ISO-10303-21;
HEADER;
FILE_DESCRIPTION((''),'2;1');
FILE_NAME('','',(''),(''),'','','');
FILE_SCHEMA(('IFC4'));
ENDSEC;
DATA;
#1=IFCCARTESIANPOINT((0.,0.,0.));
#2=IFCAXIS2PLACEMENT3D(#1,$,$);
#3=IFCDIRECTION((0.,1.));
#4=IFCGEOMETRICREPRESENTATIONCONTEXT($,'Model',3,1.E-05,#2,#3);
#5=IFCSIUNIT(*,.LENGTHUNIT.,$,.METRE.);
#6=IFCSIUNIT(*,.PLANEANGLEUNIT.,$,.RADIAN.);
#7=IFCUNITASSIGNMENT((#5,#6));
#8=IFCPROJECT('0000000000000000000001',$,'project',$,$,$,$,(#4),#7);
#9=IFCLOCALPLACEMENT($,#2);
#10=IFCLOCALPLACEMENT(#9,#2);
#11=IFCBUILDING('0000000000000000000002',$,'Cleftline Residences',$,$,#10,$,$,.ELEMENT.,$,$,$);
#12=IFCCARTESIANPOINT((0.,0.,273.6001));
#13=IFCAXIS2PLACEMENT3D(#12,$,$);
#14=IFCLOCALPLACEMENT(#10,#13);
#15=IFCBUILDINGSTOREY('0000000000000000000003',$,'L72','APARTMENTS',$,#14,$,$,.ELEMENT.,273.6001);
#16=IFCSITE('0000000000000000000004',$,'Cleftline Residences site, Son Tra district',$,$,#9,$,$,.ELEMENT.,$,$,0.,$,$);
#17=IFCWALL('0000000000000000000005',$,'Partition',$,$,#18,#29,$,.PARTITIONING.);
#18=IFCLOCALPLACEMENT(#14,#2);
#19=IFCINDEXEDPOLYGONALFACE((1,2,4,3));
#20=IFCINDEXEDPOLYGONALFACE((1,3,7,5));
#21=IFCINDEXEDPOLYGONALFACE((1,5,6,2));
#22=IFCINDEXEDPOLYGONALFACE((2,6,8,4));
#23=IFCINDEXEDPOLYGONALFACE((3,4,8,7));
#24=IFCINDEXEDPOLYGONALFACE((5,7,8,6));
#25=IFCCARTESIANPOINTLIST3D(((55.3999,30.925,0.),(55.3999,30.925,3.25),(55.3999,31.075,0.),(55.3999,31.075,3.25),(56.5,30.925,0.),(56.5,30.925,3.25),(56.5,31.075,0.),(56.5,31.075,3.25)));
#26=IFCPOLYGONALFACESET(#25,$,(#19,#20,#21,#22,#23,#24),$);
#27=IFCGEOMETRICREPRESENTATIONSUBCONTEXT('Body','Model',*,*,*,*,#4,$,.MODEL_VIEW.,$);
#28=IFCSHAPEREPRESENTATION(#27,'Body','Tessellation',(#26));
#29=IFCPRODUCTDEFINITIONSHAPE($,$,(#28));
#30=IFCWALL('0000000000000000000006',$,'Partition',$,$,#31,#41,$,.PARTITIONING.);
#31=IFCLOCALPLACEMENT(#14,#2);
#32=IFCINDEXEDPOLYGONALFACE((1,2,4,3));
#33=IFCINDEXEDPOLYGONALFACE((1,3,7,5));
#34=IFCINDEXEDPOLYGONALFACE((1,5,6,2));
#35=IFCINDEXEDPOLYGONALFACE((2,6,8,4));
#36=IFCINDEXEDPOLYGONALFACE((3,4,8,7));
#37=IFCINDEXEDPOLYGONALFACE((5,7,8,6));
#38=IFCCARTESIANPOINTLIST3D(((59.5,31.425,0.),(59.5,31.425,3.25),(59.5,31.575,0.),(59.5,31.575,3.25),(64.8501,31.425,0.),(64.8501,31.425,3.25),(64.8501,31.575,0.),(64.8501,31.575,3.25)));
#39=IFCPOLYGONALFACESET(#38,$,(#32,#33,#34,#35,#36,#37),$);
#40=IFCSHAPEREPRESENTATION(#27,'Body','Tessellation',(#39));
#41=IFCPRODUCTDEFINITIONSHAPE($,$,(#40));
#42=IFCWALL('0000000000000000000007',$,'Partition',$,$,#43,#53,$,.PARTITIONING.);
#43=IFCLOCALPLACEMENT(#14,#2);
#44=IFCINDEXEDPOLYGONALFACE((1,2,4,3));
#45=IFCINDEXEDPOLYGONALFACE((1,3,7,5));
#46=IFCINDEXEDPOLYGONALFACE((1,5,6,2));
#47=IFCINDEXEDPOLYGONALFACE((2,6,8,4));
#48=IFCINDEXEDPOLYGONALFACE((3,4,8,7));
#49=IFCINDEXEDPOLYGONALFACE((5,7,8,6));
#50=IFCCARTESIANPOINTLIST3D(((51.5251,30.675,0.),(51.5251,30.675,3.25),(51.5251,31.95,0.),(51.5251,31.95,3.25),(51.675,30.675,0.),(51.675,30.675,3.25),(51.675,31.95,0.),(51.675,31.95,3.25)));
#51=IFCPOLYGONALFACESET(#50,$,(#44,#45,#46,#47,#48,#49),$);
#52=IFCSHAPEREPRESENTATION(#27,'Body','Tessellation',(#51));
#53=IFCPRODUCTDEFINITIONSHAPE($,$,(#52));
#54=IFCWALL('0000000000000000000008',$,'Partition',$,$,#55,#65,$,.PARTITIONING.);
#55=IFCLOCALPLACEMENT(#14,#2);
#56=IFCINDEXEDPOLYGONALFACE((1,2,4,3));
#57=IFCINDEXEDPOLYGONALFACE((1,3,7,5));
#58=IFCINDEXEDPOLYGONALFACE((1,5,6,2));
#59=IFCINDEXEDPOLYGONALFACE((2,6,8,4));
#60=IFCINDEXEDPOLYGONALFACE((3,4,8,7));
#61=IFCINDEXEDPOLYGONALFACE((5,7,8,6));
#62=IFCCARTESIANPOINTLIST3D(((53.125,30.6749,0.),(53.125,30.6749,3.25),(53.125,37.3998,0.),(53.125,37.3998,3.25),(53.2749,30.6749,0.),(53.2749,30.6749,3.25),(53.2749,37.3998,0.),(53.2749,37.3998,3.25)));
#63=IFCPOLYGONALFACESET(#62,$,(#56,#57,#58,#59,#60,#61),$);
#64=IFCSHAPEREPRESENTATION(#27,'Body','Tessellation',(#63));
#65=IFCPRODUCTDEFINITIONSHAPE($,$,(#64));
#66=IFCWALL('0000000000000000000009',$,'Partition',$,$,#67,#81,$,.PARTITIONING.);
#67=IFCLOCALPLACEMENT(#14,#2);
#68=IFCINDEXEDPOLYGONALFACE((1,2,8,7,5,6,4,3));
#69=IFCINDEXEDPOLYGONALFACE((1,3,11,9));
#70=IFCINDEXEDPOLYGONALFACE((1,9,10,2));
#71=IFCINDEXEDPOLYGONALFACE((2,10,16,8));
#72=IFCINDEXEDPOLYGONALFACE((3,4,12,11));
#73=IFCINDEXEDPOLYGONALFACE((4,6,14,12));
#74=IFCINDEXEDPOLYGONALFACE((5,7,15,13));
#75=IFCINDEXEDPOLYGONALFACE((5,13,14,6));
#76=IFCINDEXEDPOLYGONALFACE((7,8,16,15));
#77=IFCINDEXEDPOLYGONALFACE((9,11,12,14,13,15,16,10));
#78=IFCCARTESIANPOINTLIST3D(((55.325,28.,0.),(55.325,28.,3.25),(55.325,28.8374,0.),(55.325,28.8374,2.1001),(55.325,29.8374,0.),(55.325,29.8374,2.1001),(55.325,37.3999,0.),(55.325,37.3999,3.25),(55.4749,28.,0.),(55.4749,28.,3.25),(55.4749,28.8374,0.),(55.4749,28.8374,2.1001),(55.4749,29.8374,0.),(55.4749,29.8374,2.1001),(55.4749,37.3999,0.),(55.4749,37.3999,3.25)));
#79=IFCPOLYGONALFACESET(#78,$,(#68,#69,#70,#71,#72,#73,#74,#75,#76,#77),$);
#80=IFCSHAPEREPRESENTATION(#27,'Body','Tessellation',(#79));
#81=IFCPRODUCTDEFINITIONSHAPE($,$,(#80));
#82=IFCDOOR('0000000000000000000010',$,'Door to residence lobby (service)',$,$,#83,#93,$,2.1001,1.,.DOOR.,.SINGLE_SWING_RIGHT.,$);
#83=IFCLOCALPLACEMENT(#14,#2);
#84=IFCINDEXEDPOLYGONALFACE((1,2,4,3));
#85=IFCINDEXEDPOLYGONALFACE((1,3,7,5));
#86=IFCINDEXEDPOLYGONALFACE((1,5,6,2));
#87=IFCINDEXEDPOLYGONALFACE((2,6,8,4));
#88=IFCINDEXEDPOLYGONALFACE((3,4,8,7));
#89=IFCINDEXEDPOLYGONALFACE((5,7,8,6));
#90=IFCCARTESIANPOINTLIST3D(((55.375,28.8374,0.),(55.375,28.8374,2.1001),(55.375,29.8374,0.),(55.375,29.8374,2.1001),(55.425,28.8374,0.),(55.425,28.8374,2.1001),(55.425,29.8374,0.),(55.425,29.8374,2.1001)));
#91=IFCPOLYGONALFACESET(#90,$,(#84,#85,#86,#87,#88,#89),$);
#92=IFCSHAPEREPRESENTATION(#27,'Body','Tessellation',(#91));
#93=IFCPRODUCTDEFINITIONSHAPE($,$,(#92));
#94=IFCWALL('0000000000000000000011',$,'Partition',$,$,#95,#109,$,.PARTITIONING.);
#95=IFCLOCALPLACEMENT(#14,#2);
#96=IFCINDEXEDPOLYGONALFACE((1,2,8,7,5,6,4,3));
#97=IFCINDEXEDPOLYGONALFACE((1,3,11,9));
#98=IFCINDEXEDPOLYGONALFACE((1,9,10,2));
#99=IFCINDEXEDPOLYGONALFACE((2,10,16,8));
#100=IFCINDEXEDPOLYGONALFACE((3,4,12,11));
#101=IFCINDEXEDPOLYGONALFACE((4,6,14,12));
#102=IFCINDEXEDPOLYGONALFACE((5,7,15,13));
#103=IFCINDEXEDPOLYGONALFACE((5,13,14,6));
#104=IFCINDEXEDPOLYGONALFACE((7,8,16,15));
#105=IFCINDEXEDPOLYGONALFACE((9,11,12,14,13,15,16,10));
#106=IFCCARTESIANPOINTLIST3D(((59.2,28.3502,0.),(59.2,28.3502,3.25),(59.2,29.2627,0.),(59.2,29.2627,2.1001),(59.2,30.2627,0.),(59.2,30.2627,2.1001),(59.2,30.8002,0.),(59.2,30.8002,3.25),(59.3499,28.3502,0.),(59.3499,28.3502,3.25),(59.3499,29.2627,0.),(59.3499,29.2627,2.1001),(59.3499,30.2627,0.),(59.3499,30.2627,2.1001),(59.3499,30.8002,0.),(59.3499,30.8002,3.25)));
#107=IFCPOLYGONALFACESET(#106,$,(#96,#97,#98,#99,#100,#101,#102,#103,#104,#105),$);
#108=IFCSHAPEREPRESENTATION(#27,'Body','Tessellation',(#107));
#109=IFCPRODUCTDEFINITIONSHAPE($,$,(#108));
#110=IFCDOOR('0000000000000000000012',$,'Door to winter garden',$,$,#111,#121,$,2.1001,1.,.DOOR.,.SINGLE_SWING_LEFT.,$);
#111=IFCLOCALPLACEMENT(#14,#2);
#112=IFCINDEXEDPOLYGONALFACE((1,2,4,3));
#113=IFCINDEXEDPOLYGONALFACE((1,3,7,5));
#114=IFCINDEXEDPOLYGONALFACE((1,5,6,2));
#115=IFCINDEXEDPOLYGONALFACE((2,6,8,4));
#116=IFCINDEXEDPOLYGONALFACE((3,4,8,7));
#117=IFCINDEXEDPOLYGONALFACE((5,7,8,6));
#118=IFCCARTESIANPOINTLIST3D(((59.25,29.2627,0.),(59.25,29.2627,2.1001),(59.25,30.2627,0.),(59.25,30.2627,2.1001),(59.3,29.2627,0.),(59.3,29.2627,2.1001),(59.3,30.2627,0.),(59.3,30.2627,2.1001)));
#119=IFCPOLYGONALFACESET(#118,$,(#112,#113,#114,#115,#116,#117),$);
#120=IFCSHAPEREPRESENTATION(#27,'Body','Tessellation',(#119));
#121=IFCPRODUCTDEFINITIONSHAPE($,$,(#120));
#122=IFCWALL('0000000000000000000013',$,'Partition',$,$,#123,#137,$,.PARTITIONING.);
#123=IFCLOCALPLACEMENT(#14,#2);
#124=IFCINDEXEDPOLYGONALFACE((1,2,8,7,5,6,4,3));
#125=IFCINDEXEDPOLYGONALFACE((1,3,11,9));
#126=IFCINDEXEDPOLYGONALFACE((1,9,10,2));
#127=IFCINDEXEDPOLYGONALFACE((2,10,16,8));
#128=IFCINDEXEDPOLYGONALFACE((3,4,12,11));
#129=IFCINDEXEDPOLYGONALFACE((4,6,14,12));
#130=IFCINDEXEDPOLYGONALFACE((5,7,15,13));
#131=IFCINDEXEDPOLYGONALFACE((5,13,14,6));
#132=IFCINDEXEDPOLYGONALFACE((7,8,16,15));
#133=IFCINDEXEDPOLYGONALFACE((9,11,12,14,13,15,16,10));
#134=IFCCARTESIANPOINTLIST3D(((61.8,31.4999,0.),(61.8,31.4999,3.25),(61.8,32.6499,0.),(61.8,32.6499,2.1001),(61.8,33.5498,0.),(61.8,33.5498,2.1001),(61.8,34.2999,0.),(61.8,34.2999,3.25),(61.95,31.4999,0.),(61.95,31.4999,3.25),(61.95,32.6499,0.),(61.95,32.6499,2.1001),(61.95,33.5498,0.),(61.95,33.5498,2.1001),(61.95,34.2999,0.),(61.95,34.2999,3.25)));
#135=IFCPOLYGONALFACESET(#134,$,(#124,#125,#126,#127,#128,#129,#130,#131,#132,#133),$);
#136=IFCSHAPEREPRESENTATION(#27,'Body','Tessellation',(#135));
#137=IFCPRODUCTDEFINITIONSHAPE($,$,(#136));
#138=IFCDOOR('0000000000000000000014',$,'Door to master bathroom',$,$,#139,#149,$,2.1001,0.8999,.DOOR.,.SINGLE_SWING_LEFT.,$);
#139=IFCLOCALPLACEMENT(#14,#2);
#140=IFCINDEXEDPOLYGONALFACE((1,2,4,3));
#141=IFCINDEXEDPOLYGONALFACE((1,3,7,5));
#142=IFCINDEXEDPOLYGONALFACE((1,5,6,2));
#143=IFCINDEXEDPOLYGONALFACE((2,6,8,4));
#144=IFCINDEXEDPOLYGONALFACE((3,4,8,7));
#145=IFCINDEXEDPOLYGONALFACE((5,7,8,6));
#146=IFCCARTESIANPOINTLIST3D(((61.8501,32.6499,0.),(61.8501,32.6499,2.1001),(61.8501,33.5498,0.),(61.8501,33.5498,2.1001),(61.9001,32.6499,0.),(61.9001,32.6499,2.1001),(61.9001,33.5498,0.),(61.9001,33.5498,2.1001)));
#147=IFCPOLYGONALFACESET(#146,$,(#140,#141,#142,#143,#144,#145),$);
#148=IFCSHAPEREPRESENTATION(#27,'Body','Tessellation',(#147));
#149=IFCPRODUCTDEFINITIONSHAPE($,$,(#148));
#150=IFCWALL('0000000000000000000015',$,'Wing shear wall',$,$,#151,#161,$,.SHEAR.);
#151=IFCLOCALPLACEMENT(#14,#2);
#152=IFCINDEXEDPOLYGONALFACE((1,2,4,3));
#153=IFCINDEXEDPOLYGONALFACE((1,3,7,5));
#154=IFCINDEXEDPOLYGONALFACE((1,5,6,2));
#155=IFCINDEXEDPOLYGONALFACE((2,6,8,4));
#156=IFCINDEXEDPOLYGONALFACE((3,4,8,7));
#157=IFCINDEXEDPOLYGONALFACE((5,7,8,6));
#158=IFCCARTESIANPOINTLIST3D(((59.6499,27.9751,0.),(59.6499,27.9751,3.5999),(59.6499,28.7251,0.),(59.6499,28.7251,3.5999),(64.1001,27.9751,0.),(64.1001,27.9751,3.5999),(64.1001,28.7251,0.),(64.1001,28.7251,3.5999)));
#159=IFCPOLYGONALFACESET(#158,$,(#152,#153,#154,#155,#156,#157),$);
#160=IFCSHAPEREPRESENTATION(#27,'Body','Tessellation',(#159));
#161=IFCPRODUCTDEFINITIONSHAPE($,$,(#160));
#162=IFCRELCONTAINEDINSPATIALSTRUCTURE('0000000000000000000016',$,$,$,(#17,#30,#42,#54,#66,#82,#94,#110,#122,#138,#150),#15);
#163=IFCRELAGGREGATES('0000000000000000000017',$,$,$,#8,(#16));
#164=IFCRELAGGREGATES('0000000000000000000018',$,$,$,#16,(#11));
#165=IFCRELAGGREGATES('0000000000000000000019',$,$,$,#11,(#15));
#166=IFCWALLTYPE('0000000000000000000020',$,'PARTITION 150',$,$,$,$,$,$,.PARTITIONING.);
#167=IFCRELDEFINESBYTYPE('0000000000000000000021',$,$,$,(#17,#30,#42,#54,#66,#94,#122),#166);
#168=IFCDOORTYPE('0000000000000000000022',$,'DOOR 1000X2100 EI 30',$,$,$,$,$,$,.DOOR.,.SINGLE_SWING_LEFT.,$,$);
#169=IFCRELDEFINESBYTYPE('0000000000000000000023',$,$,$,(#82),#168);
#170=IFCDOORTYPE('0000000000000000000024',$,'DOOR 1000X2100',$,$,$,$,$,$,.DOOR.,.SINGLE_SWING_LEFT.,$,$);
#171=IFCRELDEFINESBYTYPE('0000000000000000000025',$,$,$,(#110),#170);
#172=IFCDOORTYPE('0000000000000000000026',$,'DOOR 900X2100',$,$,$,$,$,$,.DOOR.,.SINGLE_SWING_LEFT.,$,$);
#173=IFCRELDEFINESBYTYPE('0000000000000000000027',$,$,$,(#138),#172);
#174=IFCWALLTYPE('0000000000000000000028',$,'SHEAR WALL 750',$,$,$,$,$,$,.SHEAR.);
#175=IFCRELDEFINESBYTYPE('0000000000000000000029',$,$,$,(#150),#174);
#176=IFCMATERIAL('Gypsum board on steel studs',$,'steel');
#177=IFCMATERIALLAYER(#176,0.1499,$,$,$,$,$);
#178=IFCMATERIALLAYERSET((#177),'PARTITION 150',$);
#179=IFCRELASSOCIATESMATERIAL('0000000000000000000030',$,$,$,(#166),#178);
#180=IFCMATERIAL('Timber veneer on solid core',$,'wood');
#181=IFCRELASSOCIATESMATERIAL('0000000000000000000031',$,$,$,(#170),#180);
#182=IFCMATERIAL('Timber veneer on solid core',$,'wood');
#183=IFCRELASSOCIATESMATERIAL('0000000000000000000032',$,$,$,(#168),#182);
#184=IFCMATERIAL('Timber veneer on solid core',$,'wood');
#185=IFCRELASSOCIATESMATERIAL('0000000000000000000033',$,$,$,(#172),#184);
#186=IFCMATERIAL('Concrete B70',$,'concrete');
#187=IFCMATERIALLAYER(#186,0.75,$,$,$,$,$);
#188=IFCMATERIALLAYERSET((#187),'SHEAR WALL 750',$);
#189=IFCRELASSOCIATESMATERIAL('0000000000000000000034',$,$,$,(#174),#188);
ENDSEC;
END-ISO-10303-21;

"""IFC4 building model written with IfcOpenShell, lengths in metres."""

from ifc_helpers import new_model, si_unit, direction, frame, frame_2d, origin, place, context, subcontext, project, spatial, rectangle, extrude, material, layer, layer_set, type_object, element, fill, save


model = new_model("IFC4")

# Units and contexts
model_context = context("Model", 3, precision=1e-05, world=origin(), true_north=direction((0.0, 1.0)))
body_context = subcontext(model_context, "Body", "Model", "MODEL_VIEW")
ifc_project = project(units=[si_unit("LENGTHUNIT", "METRE"), si_unit("PLANEANGLEUNIT", "RADIAN")], contexts=[model_context])

# Site, building, storey
site_placement = place(None, origin())
site = spatial("IfcSite", under=ifc_project, at=site_placement, Name="Cleftline Residences site, Son Tra district", CompositionType="ELEMENT", RefElevation=0.0)
building_placement = place(site_placement, origin())
building = spatial("IfcBuilding", under=site, at=building_placement, Name="Cleftline Residences", CompositionType="ELEMENT")
storey_placement = place(building_placement, frame((0.0, 0.0, 273.6001)))
storey = spatial("IfcBuildingStorey", under=building, at=storey_placement, Name="L72", Description="APARTMENTS", CompositionType="ELEMENT", Elevation=273.6001)

# Shared definitions
ifc_material_1 = material(Name="Gypsum board on steel studs", Category="steel")
ifc_layer_1 = layer(ifc_material_1, 0.1499)
ifc_layer_set_1 = layer_set([ifc_layer_1], Name="PARTITION 150")
wall_type_1 = type_object("IfcWallType", Name="PARTITION 150", PredefinedType="PARTITIONING", material=ifc_layer_set_1)
ifc_material_2 = material(Name="Timber veneer on solid core", Category="wood")
door_type_1 = type_object("IfcDoorType", Name="DOOR 1000X2100", OperationType="SINGLE_SWING_LEFT", PredefinedType="DOOR", material=ifc_material_2)

# Walls
wall_1_placement = place(storey_placement, frame((55.3999, 31.0, 0.0), z_axis=(0.0, 0.0, 1.0), x_axis=(1.0, 0.0, 0.0)))
element("IfcWall", 1, at=wall_1_placement, inside=storey, type_object=wall_type_1, Name="Partition", PredefinedType="PARTITIONING", context=body_context, shape_type="SweptSolid", body=[
    extrude(rectangle(XDim=1.1001, YDim=0.1499, at=frame_2d((0.55, 0.0))), origin(), (0.0, 0.0, 1.0), 3.25),
])
wall_2_placement = place(storey_placement, frame((59.5, 31.5, 0.0), z_axis=(0.0, 0.0, 1.0), x_axis=(1.0, 0.0, 0.0)))
element("IfcWall", 2, at=wall_2_placement, inside=storey, type_object=wall_type_1, Name="Partition", PredefinedType="PARTITIONING", context=body_context, shape_type="SweptSolid", body=[
    extrude(rectangle(XDim=5.3501, YDim=0.1499, at=frame_2d((2.675, 0.0))), origin(), (0.0, 0.0, 1.0), 3.25),
])
wall_3_placement = place(storey_placement, frame((51.6001, 30.675, 0.0), z_axis=(0.0, 0.0, 1.0), x_axis=(0.0, 1.0, 0.0)))
element("IfcWall", 3, at=wall_3_placement, inside=storey, type_object=wall_type_1, Name="Partition", PredefinedType="PARTITIONING", context=body_context, shape_type="SweptSolid", body=[
    extrude(rectangle(XDim=1.2749, YDim=0.1499, at=frame_2d((0.6375, 0.0))), origin(), (0.0, 0.0, 1.0), 3.25),
])
wall_4_placement = place(storey_placement, frame((53.2, 30.675, 0.0), z_axis=(0.0, 0.0, 1.0), x_axis=(0.0, 1.0, 0.0)))
element("IfcWall", 4, at=wall_4_placement, inside=storey, type_object=wall_type_1, Name="Partition", PredefinedType="PARTITIONING", context=body_context, shape_type="SweptSolid", body=[
    extrude(rectangle(XDim=6.7249, YDim=0.1499, at=frame_2d((3.3623, 0.0))), origin(), (0.0, 0.0, 1.0), 3.25),
])

# Walls, openings, doors
wall_5_placement = place(storey_placement, frame((55.3999, 28.0, 0.0), z_axis=(0.0, 0.0, 1.0), x_axis=(0.0, 1.0, 0.0)))
wall_5 = element("IfcWall", 5, at=wall_5_placement, inside=storey, type_object=wall_type_1, Name="Partition", PredefinedType="PARTITIONING", context=body_context, shape_type="SweptSolid", body=[
    extrude(rectangle(XDim=9.3999, YDim=0.1499, at=frame_2d((4.7, 0.0))), origin(), (0.0, 0.0, 1.0), 3.25),
])
opening_1_placement = place(wall_5_placement, frame((0.8374, 0.0, 0.0)))
opening_1 = element("IfcOpeningElement", 6, at=opening_1_placement, cuts=wall_5, PredefinedType="OPENING", context=body_context, shape_type="SweptSolid", body=[
    extrude(rectangle(XDim=1.0, YDim=2.1001, at=frame_2d((0.5, 1.05))), frame((0.0, 0.085, 0.0), z_axis=(0.0, -1.0, 0.0), x_axis=(1.0, 0.0, 0.0)), (0.0, 0.0, 1.0), 0.1699),
])
ifc_material_3 = material(Name="Timber veneer on solid core", Category="wood")
door_type_2 = type_object("IfcDoorType", Name="DOOR 1000X2100 EI 30", OperationType="SINGLE_SWING_LEFT", PredefinedType="DOOR", material=ifc_material_3)
door_1_placement = place(opening_1_placement, origin())
door_1 = element("IfcDoor", 7, at=door_1_placement, inside=storey, type_object=door_type_2, Name="Door to residence lobby (service)", OperationType="SINGLE_SWING_RIGHT", OverallHeight=2.1001, OverallWidth=1.0, PredefinedType="DOOR", context=body_context, shape_type="SweptSolid", body=[
    extrude(rectangle(XDim=1.0, YDim=2.1001, at=frame_2d((0.5, 1.05))), frame((0.0, 0.0249, 0.0), z_axis=(0.0, -1.0, 0.0), x_axis=(1.0, 0.0, 0.0)), (0.0, 0.0, 1.0), 0.05),
])
fill(opening_1, door_1)
wall_6_placement = place(storey_placement, frame((59.2749, 28.3501, 0.0), z_axis=(0.0, 0.0, 1.0), x_axis=(0.0, 1.0, 0.0)))
wall_6 = element("IfcWall", 8, at=wall_6_placement, inside=storey, type_object=wall_type_1, Name="Partition", PredefinedType="PARTITIONING", context=body_context, shape_type="SweptSolid", body=[
    extrude(rectangle(XDim=2.45, YDim=0.1499, at=frame_2d((1.2251, 0.0))), origin(), (0.0, 0.0, 1.0), 3.25),
])
opening_2_placement = place(wall_6_placement, frame((0.9126, 0.0, 0.0)))
opening_2 = element("IfcOpeningElement", 9, at=opening_2_placement, cuts=wall_6, PredefinedType="OPENING", context=body_context, shape_type="SweptSolid", body=[
    extrude(rectangle(XDim=1.0, YDim=2.1001, at=frame_2d((0.5, 1.05))), frame((0.0, 0.085, 0.0), z_axis=(0.0, -1.0, 0.0), x_axis=(1.0, 0.0, 0.0)), (0.0, 0.0, 1.0), 0.1699),
])
door_2_placement = place(opening_2_placement, origin())
door_2 = element("IfcDoor", 10, at=door_2_placement, inside=storey, type_object=door_type_1, Name="Door to winter garden", OperationType="SINGLE_SWING_LEFT", OverallHeight=2.1001, OverallWidth=1.0, PredefinedType="DOOR", context=body_context, shape_type="SweptSolid", body=[
    extrude(rectangle(XDim=1.0, YDim=2.1001, at=frame_2d((0.5, 1.05))), frame((0.0, 0.0249, 0.0), z_axis=(0.0, -1.0, 0.0), x_axis=(1.0, 0.0, 0.0)), (0.0, 0.0, 1.0), 0.05),
])
fill(opening_2, door_2)
wall_7_placement = place(storey_placement, frame((61.875, 31.5, 0.0), z_axis=(0.0, 0.0, 1.0), x_axis=(0.0, 1.0, 0.0)))
wall_7 = element("IfcWall", 11, at=wall_7_placement, inside=storey, type_object=wall_type_1, Name="Partition", PredefinedType="PARTITIONING", context=body_context, shape_type="SweptSolid", body=[
    extrude(rectangle(XDim=2.8, YDim=0.1499, at=frame_2d((1.3999, 0.0))), origin(), (0.0, 0.0, 1.0), 3.25),
])
opening_3_placement = place(wall_7_placement, frame((1.1499, 0.0, 0.0)))
opening_3 = element("IfcOpeningElement", 12, at=opening_3_placement, cuts=wall_7, PredefinedType="OPENING", context=body_context, shape_type="SweptSolid", body=[
    extrude(rectangle(XDim=0.8999, YDim=2.1001, at=frame_2d((0.45, 1.05))), frame((0.0, 0.085, 0.0), z_axis=(0.0, -1.0, 0.0), x_axis=(1.0, 0.0, 0.0)), (0.0, 0.0, 1.0), 0.1699),
])
ifc_material_4 = material(Name="Timber veneer on solid core", Category="wood")
door_type_3 = type_object("IfcDoorType", Name="DOOR 900X2100", OperationType="SINGLE_SWING_LEFT", PredefinedType="DOOR", material=ifc_material_4)
door_3_placement = place(opening_3_placement, origin())
door_3 = element("IfcDoor", 13, at=door_3_placement, inside=storey, type_object=door_type_3, Name="Door to master bathroom", OperationType="SINGLE_SWING_LEFT", OverallHeight=2.1001, OverallWidth=0.8999, PredefinedType="DOOR", context=body_context, shape_type="SweptSolid", body=[
    extrude(rectangle(XDim=0.8999, YDim=2.1001, at=frame_2d((0.45, 1.05))), frame((0.0, 0.0249, 0.0), z_axis=(0.0, -1.0, 0.0), x_axis=(1.0, 0.0, 0.0)), (0.0, 0.0, 1.0), 0.05),
])
fill(opening_3, door_3)

# Wall
ifc_material_5 = material(Name="Concrete B70", Category="concrete")
ifc_layer_2 = layer(ifc_material_5, 0.75)
ifc_layer_set_2 = layer_set([ifc_layer_2], Name="SHEAR WALL 750")
wall_type_2 = type_object("IfcWallType", Name="SHEAR WALL 750", PredefinedType="SHEAR", material=ifc_layer_set_2)
wall_8_placement = place(storey_placement, frame((64.1001, 28.3501, 0.0), z_axis=(0.0, 0.0, 1.0), x_axis=(-1.0, 0.0, 0.0)))
element("IfcWall", 14, at=wall_8_placement, inside=storey, type_object=wall_type_2, Name="Wing shear wall", PredefinedType="SHEAR", context=body_context, shape_type="SweptSolid", body=[
    extrude(rectangle(XDim=4.4502, YDim=0.75, at=frame_2d((2.2251, 0.0))), origin(), (0.0, 0.0, 1.0), 3.5999),
])

save(model, "model.ifc")
